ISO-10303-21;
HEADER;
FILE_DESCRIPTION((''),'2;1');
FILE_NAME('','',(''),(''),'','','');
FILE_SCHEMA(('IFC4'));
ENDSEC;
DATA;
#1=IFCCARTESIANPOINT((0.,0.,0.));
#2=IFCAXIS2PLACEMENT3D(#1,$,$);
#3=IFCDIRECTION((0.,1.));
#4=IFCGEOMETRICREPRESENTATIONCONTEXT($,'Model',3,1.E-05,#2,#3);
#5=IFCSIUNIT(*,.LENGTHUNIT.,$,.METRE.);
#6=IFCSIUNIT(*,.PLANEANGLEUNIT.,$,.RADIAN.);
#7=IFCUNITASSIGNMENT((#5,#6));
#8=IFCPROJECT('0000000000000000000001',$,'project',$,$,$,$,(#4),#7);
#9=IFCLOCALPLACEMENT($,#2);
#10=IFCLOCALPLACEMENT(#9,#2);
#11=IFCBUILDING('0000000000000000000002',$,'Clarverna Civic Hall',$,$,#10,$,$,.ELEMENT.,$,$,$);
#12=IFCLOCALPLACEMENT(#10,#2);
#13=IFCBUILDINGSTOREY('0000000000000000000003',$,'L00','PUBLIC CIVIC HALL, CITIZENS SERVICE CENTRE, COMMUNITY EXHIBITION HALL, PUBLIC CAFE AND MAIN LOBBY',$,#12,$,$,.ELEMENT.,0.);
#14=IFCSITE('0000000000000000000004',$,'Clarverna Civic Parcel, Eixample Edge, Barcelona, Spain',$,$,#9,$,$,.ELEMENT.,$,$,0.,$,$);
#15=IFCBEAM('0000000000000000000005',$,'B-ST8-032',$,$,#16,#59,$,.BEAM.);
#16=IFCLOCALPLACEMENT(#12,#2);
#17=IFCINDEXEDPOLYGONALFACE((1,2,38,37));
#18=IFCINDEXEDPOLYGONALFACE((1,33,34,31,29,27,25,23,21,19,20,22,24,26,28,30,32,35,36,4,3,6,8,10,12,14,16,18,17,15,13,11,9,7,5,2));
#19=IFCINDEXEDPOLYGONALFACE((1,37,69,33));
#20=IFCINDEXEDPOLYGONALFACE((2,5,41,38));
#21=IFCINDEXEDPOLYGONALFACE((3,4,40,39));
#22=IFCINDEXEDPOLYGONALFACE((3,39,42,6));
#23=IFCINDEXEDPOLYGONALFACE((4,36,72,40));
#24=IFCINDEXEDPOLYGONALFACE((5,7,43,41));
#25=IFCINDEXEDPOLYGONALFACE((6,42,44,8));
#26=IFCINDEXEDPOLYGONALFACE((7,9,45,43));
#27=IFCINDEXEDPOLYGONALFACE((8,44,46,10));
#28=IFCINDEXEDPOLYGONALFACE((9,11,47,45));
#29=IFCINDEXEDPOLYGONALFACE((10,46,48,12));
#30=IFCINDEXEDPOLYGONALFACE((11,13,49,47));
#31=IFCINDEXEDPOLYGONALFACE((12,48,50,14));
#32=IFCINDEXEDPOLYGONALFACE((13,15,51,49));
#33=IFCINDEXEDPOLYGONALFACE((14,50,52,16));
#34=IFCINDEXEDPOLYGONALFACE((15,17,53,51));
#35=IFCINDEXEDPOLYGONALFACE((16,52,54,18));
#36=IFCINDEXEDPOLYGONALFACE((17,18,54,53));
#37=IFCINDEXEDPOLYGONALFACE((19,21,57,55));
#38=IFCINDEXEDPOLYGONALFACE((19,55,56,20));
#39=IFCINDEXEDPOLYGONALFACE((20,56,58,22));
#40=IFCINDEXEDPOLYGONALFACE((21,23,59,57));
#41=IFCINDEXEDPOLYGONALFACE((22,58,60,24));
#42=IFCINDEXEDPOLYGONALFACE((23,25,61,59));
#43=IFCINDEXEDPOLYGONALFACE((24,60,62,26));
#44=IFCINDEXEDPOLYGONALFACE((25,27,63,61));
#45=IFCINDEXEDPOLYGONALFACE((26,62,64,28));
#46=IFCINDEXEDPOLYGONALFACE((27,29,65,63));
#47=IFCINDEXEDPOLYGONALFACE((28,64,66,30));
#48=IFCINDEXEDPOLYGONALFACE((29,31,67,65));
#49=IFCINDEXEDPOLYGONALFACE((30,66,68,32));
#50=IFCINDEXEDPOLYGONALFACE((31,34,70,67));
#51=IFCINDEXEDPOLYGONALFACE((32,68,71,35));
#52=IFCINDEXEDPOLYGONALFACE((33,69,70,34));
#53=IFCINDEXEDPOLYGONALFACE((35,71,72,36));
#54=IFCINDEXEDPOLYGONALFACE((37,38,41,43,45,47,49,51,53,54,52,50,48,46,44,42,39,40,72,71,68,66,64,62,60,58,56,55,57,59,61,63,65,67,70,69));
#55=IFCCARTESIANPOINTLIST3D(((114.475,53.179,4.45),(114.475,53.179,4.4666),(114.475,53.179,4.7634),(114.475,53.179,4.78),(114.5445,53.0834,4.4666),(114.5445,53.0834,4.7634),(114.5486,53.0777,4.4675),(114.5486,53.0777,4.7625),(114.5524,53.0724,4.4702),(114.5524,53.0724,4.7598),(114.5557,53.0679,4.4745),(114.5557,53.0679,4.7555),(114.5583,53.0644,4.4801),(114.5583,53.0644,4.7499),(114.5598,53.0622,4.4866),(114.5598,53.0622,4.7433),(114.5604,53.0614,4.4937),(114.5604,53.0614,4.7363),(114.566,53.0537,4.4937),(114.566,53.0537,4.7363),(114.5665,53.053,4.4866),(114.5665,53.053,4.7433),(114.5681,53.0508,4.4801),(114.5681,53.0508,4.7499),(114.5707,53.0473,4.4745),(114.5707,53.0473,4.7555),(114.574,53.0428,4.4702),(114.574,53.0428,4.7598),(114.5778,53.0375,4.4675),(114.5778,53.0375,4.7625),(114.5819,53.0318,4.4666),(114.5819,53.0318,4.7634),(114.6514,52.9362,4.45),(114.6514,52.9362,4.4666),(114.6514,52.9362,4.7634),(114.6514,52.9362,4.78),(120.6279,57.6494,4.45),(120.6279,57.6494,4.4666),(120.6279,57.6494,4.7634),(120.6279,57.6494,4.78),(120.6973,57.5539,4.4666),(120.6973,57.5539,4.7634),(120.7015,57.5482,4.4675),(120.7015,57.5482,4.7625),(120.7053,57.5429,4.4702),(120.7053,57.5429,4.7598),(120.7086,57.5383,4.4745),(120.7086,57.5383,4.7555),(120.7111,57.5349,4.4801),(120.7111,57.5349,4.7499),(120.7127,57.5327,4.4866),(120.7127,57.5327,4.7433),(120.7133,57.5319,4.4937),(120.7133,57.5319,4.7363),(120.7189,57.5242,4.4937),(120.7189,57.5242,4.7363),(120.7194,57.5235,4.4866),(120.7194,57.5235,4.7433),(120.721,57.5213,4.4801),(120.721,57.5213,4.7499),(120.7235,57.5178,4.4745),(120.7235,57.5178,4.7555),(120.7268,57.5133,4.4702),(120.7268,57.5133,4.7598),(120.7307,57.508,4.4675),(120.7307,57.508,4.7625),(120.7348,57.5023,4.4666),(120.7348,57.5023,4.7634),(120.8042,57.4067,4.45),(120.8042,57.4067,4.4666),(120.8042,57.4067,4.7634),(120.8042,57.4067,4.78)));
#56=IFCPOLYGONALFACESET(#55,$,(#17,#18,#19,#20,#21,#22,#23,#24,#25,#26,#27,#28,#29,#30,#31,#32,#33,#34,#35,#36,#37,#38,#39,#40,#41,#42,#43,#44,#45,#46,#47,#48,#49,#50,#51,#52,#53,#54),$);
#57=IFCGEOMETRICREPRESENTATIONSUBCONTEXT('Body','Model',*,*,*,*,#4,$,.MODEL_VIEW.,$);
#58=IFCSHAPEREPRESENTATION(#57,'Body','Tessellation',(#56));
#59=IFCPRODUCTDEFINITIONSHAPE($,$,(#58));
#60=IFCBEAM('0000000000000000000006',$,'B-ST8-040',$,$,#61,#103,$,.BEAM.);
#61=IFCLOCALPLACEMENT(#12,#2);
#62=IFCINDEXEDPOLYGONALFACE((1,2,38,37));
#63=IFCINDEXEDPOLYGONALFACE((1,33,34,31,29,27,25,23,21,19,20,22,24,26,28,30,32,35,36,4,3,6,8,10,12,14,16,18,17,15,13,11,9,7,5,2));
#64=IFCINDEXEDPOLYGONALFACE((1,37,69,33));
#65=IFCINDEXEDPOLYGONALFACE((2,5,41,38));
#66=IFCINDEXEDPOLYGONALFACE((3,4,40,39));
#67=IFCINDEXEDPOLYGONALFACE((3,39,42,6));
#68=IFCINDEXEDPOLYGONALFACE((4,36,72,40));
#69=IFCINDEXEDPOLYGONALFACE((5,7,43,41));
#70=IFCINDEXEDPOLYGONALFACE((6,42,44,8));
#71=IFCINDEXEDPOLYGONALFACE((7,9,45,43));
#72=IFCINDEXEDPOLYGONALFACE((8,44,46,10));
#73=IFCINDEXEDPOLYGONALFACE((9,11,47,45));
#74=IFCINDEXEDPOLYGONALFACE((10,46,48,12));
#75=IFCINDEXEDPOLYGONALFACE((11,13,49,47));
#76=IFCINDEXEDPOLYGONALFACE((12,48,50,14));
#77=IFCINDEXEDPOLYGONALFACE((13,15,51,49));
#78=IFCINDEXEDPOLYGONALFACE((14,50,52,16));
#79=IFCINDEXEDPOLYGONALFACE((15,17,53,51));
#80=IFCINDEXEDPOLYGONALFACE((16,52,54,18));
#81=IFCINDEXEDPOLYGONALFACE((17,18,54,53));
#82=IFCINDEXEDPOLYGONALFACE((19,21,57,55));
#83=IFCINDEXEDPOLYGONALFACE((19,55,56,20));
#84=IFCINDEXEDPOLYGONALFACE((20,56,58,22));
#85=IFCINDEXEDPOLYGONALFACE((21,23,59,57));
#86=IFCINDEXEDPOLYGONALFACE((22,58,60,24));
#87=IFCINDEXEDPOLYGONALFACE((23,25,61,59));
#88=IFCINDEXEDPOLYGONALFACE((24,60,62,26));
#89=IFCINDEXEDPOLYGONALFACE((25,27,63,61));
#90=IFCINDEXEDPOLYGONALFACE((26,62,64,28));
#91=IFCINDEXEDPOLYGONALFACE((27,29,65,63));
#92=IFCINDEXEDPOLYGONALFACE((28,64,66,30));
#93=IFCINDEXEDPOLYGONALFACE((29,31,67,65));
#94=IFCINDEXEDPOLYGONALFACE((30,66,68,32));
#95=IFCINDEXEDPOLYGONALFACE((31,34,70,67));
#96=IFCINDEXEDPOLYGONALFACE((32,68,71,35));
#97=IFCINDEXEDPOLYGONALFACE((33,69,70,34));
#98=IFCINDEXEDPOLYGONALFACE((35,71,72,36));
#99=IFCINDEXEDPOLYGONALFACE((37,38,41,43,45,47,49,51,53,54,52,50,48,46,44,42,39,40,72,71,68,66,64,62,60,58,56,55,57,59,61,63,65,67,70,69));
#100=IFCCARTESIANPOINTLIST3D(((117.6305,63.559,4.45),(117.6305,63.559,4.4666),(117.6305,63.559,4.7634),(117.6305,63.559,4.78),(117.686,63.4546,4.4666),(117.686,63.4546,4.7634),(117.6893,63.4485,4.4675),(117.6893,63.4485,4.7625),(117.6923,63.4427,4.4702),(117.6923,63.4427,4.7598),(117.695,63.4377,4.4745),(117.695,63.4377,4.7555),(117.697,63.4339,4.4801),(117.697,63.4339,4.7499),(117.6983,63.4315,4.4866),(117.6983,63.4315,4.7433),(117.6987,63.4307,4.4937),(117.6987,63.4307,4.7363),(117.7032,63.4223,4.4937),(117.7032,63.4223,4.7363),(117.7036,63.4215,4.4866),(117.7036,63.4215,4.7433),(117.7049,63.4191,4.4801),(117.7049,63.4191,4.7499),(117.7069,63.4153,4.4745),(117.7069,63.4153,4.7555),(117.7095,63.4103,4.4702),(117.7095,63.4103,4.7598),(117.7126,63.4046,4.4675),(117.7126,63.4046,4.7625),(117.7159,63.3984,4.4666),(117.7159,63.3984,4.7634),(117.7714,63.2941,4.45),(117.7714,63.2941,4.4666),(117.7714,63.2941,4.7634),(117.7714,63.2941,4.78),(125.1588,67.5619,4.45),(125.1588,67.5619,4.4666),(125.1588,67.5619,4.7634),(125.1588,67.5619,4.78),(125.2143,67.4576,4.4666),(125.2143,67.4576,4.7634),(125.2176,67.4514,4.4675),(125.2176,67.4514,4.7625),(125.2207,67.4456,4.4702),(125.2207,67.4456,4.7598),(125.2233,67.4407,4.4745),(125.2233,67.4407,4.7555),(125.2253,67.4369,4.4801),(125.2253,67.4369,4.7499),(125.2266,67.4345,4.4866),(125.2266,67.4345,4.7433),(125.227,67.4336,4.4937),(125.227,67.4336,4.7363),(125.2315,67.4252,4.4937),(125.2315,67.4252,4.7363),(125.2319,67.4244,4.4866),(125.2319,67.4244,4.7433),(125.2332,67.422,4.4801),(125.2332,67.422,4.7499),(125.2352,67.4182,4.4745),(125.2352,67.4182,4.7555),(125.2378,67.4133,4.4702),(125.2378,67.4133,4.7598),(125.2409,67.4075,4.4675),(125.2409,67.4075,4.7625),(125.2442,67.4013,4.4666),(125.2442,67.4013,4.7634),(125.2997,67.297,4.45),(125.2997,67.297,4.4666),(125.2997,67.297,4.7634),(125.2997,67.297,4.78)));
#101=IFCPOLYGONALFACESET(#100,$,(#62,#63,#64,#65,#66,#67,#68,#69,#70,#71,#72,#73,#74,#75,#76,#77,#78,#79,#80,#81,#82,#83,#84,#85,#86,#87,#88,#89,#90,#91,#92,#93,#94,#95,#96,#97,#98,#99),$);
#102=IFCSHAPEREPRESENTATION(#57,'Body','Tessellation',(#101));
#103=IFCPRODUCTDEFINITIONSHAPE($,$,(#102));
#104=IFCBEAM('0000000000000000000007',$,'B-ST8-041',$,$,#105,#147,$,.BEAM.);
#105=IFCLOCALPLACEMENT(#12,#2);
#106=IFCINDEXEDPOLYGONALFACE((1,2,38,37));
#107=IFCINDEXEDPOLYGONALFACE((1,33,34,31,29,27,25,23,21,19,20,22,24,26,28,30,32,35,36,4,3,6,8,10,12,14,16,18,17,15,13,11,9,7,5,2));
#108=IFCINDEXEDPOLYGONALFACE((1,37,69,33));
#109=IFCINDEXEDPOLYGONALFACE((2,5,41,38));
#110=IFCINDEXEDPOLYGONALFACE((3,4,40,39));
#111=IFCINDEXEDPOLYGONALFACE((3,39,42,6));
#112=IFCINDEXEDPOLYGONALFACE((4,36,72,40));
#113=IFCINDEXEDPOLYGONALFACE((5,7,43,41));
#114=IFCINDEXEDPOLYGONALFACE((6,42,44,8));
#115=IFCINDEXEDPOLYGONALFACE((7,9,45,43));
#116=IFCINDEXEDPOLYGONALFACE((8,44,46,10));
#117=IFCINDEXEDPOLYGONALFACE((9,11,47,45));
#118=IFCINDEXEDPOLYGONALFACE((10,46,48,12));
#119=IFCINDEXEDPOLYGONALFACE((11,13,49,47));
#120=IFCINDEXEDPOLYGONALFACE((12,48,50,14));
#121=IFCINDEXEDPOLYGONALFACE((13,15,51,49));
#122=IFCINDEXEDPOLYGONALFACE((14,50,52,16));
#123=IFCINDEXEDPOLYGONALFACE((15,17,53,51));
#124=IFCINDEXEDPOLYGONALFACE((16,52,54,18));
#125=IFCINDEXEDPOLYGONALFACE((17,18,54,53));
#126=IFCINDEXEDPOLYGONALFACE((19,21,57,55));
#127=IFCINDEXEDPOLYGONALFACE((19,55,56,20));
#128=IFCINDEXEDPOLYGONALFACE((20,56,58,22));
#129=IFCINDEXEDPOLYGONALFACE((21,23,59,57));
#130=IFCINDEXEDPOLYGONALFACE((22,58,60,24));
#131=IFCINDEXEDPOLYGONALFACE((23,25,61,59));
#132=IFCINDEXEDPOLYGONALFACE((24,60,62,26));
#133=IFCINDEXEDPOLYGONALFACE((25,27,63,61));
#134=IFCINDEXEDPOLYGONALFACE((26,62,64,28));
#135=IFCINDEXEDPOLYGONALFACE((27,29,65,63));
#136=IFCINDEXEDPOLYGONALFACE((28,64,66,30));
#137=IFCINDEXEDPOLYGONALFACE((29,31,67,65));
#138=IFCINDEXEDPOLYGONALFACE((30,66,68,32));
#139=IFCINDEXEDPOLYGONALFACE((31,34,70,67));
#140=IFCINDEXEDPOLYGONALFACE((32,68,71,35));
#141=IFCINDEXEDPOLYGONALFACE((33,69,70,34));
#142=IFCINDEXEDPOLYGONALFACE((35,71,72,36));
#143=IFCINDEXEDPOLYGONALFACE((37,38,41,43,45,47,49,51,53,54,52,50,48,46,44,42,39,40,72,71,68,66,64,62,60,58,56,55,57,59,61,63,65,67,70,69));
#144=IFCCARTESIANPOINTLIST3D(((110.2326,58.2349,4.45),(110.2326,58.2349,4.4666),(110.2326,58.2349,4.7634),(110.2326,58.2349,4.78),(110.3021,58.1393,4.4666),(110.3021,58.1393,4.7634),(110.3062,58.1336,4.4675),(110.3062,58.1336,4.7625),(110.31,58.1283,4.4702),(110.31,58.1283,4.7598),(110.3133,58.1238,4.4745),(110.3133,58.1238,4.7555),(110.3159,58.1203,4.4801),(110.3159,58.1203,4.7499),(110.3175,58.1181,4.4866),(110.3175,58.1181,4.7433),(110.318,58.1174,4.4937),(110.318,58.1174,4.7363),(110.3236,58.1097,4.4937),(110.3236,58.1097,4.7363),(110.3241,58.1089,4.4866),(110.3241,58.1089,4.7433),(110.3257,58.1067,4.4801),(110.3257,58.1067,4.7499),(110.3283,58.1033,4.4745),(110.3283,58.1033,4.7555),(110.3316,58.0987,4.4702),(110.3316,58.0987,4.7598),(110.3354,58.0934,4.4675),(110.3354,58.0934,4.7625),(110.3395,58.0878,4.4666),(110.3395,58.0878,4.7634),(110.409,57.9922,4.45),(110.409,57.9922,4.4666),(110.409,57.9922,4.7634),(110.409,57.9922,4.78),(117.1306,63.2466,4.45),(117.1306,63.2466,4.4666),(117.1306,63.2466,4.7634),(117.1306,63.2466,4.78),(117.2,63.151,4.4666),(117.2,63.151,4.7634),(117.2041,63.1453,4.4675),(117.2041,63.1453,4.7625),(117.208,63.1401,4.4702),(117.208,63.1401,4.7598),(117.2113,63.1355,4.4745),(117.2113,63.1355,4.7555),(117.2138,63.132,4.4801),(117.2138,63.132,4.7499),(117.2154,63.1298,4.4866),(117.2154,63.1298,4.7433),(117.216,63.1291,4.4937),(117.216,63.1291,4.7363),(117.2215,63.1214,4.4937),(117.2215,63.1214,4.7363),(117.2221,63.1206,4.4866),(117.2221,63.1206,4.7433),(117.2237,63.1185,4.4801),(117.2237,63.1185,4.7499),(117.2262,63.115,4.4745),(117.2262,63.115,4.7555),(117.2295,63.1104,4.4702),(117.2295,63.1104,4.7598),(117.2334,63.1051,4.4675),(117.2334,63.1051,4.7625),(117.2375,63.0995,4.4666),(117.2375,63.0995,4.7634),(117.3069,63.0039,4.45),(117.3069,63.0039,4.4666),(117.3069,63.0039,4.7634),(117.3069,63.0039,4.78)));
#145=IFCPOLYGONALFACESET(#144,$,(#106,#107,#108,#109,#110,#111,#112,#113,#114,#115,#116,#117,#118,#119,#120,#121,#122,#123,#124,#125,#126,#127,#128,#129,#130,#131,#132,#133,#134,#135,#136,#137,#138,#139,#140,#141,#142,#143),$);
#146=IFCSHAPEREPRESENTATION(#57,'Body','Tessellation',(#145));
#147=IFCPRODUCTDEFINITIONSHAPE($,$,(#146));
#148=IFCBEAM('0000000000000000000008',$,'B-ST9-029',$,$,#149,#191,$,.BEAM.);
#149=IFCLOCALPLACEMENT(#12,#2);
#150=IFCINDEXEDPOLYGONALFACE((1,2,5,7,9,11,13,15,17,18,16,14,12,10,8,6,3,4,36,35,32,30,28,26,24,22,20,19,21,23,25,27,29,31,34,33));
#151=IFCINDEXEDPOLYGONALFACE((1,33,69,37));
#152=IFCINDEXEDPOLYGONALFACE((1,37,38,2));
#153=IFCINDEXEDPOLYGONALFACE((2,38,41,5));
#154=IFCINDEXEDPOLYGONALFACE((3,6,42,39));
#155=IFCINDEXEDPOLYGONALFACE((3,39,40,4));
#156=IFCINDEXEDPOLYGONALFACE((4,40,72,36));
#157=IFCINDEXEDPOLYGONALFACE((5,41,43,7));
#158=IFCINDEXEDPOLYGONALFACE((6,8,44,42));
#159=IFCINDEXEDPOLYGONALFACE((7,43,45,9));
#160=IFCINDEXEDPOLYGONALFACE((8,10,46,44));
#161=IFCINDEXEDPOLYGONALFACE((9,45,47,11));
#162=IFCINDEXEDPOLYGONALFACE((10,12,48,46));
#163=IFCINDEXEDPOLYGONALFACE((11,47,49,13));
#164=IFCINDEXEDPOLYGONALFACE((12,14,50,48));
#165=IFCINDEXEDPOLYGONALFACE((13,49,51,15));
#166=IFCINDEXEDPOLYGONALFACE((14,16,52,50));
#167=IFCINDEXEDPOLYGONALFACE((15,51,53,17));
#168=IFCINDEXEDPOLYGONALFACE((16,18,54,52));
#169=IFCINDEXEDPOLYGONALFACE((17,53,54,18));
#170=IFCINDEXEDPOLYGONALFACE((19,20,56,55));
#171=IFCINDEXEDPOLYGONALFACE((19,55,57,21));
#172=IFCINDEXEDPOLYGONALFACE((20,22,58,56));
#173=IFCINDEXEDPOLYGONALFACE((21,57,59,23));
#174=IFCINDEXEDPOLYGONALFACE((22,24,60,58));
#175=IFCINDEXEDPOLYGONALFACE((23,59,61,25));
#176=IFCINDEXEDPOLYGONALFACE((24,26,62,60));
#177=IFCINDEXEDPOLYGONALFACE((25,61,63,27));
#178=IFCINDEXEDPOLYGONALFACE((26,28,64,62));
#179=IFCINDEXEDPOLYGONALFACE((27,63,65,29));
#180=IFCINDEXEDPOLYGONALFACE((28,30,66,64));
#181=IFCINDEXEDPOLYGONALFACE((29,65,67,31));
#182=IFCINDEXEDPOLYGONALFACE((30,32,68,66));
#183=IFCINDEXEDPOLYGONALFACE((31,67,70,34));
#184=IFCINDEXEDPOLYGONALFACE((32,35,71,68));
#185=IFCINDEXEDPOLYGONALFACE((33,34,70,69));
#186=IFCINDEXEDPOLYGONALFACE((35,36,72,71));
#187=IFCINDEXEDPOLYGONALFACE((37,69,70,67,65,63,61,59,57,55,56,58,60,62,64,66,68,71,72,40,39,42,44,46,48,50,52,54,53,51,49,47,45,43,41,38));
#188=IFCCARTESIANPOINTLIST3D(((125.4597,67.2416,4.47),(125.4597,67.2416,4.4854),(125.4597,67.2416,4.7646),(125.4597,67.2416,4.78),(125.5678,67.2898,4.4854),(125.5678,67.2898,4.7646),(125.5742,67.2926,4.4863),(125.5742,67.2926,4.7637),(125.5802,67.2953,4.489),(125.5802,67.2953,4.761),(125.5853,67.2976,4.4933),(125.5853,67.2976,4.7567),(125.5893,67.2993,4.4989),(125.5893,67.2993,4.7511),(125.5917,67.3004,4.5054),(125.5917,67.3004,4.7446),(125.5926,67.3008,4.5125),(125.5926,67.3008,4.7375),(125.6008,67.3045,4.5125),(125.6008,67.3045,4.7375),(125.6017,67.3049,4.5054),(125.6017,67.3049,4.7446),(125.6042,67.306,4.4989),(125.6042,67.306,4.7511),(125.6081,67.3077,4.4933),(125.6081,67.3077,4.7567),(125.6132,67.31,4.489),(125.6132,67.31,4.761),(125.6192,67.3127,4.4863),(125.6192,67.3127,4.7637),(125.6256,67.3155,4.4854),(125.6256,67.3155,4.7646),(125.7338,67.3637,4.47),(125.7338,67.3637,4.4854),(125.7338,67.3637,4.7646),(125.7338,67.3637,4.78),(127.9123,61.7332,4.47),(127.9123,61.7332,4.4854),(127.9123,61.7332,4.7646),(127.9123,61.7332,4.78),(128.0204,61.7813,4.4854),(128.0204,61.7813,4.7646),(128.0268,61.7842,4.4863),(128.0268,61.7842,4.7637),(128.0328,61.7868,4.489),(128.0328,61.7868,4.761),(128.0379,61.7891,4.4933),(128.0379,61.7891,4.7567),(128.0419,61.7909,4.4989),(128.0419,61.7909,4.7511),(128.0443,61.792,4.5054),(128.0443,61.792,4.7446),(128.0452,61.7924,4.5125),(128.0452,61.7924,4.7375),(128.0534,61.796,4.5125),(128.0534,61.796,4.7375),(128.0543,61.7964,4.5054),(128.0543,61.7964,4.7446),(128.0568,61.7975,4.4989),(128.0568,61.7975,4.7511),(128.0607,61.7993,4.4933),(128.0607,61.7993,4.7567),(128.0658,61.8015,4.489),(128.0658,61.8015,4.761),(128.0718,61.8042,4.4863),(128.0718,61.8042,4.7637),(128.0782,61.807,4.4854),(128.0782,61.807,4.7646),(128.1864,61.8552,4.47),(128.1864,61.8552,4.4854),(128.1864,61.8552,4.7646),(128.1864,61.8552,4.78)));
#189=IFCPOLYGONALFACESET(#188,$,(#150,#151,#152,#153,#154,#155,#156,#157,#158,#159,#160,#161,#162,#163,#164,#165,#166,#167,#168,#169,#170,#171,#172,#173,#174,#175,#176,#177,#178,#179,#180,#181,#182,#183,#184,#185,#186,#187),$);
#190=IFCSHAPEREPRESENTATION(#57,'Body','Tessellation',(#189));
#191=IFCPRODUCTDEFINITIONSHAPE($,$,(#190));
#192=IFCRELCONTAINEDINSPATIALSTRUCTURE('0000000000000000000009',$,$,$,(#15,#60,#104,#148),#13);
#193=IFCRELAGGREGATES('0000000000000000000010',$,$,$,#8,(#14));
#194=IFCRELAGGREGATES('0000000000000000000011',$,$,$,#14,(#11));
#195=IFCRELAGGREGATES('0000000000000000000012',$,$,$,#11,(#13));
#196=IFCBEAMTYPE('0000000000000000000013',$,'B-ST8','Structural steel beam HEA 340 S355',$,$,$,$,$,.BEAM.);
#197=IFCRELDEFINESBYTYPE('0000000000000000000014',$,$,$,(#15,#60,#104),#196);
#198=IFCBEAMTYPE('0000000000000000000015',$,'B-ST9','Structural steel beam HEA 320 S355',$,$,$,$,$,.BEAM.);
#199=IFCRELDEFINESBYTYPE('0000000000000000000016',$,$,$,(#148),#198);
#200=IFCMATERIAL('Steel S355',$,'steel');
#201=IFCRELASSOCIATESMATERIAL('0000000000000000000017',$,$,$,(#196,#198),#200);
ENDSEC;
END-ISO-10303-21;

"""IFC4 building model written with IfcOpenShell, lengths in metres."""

from ifc_helpers import new_model, si_unit, direction, frame, origin, origin_2d, place, context, subcontext, project, spatial, i_section, extrude, material, material_profile, profile_set, type_object, element, save


model = new_model("IFC4")

# Units and contexts
model_context = context("Model", 3, precision=1e-05, world=origin(), true_north=direction((0.0, 1.0)))
body_context = subcontext(model_context, "Body", "Model", "MODEL_VIEW")
ifc_project = project(units=[si_unit("LENGTHUNIT", "METRE"), si_unit("PLANEANGLEUNIT", "RADIAN")], contexts=[model_context])

# Site, building, storey
site_placement = place(None, origin())
site = spatial("IfcSite", under=ifc_project, at=site_placement, Name="Clarverna Civic Parcel, Eixample Edge, Barcelona, Spain", CompositionType="ELEMENT", RefElevation=0.0)
building_placement = place(site_placement, origin())
building = spatial("IfcBuilding", under=site, at=building_placement, Name="Clarverna Civic Hall", CompositionType="ELEMENT")
storey_placement = place(building_placement, origin())
storey = spatial("IfcBuildingStorey", under=building, at=storey_placement, Name="L00", Description="PUBLIC CIVIC HALL, CITIZENS SERVICE CENTRE, COMMUNITY EXHIBITION HALL, PUBLIC CAFE AND MAIN LOBBY", CompositionType="ELEMENT", Elevation=0.0)

# Beams
ifc_material_1 = material(Name="Steel S355", Category="steel")
ifc_material_profile_1 = material_profile(ifc_material_1, i_section(OverallWidth=0.3, OverallDepth=0.3301, WebThickness=0.0095, FlangeThickness=0.0166, FilletRadius=0.0271, at=origin_2d()), Name="HEA 340")
ifc_profile_set_1 = profile_set([ifc_material_profile_1], Name="Steel S355")
beam_type_1 = type_object("IfcBeamType", Name="B-ST8", Description="Structural steel beam HEA 340 S355", PredefinedType="BEAM", material=ifc_profile_set_1)
for number, where, z_axis, x_axis, name in (
    (1, (120.7161, 57.5281, 4.615), (-0.809007, -0.587799, 0.0), (0.587799, -0.809007, 0.0), "B-ST8-032"),
):
    element("IfcBeam", number, at=place(storey_placement, frame(where, z_axis=z_axis, x_axis=x_axis)), inside=storey, type_object=beam_type_1, Name=name, PredefinedType="BEAM", context=body_context, shape_type="SweptSolid", body=[
        extrude(i_section(OverallWidth=0.3, OverallDepth=0.3301, WebThickness=0.0095, FlangeThickness=0.0166, FilletRadius=0.0271, at=origin_2d()), origin(), (0.0, 0.0, 1.0), 7.6055),
    ])
for number, where, z_axis, x_axis, name in (
    (2, (125.2292, 67.4294, 4.615), (-0.882945, -0.469476, 0.0), (0.469476, -0.882945, 0.0), "B-ST8-040"),
    (3, (117.2188, 63.1252, 4.615), (-0.809013, -0.58779, 0.0), (0.58779, -0.809013, 0.0), "B-ST8-041"),
):
    element("IfcBeam", number, at=place(storey_placement, frame(where, z_axis=z_axis, x_axis=x_axis)), inside=storey, type_object=beam_type_1, Name=name, PredefinedType="BEAM", context=body_context, shape_type="SweptSolid", body=[
        extrude(i_section(OverallWidth=0.3, OverallDepth=0.3301, WebThickness=0.0095, FlangeThickness=0.0166, FilletRadius=0.0271, at=origin_2d()), origin(), (0.0, 0.0, 1.0), 8.5264),
    ])
ifc_material_profile_2 = material_profile(ifc_material_1, i_section(OverallWidth=0.3, OverallDepth=0.3101, WebThickness=0.009, FlangeThickness=0.0154, FilletRadius=0.0271, at=origin_2d()), Name="HEA 320")
ifc_profile_set_2 = profile_set([ifc_material_profile_2], Name="Steel S355")
beam_type_2 = type_object("IfcBeamType", Name="B-ST9", Description="Structural steel beam HEA 320 S355", PredefinedType="BEAM", material=ifc_profile_set_2)
beam_1_placement = place(storey_placement, frame((128.0493, 61.7942, 4.625), z_axis=(-0.406747, 0.913541, 0.0), x_axis=(-0.913541, -0.406747, 0.0)))
element("IfcBeam", 4, at=beam_1_placement, inside=storey, type_object=beam_type_2, Name="B-ST9-029", PredefinedType="BEAM", context=body_context, shape_type="SweptSolid", body=[
    extrude(i_section(OverallWidth=0.3, OverallDepth=0.3101, WebThickness=0.009, FlangeThickness=0.0154, FilletRadius=0.0271, at=origin_2d()), origin(), (0.0, 0.0, 1.0), 6.0298),
])

save(model, "model.ifc")
